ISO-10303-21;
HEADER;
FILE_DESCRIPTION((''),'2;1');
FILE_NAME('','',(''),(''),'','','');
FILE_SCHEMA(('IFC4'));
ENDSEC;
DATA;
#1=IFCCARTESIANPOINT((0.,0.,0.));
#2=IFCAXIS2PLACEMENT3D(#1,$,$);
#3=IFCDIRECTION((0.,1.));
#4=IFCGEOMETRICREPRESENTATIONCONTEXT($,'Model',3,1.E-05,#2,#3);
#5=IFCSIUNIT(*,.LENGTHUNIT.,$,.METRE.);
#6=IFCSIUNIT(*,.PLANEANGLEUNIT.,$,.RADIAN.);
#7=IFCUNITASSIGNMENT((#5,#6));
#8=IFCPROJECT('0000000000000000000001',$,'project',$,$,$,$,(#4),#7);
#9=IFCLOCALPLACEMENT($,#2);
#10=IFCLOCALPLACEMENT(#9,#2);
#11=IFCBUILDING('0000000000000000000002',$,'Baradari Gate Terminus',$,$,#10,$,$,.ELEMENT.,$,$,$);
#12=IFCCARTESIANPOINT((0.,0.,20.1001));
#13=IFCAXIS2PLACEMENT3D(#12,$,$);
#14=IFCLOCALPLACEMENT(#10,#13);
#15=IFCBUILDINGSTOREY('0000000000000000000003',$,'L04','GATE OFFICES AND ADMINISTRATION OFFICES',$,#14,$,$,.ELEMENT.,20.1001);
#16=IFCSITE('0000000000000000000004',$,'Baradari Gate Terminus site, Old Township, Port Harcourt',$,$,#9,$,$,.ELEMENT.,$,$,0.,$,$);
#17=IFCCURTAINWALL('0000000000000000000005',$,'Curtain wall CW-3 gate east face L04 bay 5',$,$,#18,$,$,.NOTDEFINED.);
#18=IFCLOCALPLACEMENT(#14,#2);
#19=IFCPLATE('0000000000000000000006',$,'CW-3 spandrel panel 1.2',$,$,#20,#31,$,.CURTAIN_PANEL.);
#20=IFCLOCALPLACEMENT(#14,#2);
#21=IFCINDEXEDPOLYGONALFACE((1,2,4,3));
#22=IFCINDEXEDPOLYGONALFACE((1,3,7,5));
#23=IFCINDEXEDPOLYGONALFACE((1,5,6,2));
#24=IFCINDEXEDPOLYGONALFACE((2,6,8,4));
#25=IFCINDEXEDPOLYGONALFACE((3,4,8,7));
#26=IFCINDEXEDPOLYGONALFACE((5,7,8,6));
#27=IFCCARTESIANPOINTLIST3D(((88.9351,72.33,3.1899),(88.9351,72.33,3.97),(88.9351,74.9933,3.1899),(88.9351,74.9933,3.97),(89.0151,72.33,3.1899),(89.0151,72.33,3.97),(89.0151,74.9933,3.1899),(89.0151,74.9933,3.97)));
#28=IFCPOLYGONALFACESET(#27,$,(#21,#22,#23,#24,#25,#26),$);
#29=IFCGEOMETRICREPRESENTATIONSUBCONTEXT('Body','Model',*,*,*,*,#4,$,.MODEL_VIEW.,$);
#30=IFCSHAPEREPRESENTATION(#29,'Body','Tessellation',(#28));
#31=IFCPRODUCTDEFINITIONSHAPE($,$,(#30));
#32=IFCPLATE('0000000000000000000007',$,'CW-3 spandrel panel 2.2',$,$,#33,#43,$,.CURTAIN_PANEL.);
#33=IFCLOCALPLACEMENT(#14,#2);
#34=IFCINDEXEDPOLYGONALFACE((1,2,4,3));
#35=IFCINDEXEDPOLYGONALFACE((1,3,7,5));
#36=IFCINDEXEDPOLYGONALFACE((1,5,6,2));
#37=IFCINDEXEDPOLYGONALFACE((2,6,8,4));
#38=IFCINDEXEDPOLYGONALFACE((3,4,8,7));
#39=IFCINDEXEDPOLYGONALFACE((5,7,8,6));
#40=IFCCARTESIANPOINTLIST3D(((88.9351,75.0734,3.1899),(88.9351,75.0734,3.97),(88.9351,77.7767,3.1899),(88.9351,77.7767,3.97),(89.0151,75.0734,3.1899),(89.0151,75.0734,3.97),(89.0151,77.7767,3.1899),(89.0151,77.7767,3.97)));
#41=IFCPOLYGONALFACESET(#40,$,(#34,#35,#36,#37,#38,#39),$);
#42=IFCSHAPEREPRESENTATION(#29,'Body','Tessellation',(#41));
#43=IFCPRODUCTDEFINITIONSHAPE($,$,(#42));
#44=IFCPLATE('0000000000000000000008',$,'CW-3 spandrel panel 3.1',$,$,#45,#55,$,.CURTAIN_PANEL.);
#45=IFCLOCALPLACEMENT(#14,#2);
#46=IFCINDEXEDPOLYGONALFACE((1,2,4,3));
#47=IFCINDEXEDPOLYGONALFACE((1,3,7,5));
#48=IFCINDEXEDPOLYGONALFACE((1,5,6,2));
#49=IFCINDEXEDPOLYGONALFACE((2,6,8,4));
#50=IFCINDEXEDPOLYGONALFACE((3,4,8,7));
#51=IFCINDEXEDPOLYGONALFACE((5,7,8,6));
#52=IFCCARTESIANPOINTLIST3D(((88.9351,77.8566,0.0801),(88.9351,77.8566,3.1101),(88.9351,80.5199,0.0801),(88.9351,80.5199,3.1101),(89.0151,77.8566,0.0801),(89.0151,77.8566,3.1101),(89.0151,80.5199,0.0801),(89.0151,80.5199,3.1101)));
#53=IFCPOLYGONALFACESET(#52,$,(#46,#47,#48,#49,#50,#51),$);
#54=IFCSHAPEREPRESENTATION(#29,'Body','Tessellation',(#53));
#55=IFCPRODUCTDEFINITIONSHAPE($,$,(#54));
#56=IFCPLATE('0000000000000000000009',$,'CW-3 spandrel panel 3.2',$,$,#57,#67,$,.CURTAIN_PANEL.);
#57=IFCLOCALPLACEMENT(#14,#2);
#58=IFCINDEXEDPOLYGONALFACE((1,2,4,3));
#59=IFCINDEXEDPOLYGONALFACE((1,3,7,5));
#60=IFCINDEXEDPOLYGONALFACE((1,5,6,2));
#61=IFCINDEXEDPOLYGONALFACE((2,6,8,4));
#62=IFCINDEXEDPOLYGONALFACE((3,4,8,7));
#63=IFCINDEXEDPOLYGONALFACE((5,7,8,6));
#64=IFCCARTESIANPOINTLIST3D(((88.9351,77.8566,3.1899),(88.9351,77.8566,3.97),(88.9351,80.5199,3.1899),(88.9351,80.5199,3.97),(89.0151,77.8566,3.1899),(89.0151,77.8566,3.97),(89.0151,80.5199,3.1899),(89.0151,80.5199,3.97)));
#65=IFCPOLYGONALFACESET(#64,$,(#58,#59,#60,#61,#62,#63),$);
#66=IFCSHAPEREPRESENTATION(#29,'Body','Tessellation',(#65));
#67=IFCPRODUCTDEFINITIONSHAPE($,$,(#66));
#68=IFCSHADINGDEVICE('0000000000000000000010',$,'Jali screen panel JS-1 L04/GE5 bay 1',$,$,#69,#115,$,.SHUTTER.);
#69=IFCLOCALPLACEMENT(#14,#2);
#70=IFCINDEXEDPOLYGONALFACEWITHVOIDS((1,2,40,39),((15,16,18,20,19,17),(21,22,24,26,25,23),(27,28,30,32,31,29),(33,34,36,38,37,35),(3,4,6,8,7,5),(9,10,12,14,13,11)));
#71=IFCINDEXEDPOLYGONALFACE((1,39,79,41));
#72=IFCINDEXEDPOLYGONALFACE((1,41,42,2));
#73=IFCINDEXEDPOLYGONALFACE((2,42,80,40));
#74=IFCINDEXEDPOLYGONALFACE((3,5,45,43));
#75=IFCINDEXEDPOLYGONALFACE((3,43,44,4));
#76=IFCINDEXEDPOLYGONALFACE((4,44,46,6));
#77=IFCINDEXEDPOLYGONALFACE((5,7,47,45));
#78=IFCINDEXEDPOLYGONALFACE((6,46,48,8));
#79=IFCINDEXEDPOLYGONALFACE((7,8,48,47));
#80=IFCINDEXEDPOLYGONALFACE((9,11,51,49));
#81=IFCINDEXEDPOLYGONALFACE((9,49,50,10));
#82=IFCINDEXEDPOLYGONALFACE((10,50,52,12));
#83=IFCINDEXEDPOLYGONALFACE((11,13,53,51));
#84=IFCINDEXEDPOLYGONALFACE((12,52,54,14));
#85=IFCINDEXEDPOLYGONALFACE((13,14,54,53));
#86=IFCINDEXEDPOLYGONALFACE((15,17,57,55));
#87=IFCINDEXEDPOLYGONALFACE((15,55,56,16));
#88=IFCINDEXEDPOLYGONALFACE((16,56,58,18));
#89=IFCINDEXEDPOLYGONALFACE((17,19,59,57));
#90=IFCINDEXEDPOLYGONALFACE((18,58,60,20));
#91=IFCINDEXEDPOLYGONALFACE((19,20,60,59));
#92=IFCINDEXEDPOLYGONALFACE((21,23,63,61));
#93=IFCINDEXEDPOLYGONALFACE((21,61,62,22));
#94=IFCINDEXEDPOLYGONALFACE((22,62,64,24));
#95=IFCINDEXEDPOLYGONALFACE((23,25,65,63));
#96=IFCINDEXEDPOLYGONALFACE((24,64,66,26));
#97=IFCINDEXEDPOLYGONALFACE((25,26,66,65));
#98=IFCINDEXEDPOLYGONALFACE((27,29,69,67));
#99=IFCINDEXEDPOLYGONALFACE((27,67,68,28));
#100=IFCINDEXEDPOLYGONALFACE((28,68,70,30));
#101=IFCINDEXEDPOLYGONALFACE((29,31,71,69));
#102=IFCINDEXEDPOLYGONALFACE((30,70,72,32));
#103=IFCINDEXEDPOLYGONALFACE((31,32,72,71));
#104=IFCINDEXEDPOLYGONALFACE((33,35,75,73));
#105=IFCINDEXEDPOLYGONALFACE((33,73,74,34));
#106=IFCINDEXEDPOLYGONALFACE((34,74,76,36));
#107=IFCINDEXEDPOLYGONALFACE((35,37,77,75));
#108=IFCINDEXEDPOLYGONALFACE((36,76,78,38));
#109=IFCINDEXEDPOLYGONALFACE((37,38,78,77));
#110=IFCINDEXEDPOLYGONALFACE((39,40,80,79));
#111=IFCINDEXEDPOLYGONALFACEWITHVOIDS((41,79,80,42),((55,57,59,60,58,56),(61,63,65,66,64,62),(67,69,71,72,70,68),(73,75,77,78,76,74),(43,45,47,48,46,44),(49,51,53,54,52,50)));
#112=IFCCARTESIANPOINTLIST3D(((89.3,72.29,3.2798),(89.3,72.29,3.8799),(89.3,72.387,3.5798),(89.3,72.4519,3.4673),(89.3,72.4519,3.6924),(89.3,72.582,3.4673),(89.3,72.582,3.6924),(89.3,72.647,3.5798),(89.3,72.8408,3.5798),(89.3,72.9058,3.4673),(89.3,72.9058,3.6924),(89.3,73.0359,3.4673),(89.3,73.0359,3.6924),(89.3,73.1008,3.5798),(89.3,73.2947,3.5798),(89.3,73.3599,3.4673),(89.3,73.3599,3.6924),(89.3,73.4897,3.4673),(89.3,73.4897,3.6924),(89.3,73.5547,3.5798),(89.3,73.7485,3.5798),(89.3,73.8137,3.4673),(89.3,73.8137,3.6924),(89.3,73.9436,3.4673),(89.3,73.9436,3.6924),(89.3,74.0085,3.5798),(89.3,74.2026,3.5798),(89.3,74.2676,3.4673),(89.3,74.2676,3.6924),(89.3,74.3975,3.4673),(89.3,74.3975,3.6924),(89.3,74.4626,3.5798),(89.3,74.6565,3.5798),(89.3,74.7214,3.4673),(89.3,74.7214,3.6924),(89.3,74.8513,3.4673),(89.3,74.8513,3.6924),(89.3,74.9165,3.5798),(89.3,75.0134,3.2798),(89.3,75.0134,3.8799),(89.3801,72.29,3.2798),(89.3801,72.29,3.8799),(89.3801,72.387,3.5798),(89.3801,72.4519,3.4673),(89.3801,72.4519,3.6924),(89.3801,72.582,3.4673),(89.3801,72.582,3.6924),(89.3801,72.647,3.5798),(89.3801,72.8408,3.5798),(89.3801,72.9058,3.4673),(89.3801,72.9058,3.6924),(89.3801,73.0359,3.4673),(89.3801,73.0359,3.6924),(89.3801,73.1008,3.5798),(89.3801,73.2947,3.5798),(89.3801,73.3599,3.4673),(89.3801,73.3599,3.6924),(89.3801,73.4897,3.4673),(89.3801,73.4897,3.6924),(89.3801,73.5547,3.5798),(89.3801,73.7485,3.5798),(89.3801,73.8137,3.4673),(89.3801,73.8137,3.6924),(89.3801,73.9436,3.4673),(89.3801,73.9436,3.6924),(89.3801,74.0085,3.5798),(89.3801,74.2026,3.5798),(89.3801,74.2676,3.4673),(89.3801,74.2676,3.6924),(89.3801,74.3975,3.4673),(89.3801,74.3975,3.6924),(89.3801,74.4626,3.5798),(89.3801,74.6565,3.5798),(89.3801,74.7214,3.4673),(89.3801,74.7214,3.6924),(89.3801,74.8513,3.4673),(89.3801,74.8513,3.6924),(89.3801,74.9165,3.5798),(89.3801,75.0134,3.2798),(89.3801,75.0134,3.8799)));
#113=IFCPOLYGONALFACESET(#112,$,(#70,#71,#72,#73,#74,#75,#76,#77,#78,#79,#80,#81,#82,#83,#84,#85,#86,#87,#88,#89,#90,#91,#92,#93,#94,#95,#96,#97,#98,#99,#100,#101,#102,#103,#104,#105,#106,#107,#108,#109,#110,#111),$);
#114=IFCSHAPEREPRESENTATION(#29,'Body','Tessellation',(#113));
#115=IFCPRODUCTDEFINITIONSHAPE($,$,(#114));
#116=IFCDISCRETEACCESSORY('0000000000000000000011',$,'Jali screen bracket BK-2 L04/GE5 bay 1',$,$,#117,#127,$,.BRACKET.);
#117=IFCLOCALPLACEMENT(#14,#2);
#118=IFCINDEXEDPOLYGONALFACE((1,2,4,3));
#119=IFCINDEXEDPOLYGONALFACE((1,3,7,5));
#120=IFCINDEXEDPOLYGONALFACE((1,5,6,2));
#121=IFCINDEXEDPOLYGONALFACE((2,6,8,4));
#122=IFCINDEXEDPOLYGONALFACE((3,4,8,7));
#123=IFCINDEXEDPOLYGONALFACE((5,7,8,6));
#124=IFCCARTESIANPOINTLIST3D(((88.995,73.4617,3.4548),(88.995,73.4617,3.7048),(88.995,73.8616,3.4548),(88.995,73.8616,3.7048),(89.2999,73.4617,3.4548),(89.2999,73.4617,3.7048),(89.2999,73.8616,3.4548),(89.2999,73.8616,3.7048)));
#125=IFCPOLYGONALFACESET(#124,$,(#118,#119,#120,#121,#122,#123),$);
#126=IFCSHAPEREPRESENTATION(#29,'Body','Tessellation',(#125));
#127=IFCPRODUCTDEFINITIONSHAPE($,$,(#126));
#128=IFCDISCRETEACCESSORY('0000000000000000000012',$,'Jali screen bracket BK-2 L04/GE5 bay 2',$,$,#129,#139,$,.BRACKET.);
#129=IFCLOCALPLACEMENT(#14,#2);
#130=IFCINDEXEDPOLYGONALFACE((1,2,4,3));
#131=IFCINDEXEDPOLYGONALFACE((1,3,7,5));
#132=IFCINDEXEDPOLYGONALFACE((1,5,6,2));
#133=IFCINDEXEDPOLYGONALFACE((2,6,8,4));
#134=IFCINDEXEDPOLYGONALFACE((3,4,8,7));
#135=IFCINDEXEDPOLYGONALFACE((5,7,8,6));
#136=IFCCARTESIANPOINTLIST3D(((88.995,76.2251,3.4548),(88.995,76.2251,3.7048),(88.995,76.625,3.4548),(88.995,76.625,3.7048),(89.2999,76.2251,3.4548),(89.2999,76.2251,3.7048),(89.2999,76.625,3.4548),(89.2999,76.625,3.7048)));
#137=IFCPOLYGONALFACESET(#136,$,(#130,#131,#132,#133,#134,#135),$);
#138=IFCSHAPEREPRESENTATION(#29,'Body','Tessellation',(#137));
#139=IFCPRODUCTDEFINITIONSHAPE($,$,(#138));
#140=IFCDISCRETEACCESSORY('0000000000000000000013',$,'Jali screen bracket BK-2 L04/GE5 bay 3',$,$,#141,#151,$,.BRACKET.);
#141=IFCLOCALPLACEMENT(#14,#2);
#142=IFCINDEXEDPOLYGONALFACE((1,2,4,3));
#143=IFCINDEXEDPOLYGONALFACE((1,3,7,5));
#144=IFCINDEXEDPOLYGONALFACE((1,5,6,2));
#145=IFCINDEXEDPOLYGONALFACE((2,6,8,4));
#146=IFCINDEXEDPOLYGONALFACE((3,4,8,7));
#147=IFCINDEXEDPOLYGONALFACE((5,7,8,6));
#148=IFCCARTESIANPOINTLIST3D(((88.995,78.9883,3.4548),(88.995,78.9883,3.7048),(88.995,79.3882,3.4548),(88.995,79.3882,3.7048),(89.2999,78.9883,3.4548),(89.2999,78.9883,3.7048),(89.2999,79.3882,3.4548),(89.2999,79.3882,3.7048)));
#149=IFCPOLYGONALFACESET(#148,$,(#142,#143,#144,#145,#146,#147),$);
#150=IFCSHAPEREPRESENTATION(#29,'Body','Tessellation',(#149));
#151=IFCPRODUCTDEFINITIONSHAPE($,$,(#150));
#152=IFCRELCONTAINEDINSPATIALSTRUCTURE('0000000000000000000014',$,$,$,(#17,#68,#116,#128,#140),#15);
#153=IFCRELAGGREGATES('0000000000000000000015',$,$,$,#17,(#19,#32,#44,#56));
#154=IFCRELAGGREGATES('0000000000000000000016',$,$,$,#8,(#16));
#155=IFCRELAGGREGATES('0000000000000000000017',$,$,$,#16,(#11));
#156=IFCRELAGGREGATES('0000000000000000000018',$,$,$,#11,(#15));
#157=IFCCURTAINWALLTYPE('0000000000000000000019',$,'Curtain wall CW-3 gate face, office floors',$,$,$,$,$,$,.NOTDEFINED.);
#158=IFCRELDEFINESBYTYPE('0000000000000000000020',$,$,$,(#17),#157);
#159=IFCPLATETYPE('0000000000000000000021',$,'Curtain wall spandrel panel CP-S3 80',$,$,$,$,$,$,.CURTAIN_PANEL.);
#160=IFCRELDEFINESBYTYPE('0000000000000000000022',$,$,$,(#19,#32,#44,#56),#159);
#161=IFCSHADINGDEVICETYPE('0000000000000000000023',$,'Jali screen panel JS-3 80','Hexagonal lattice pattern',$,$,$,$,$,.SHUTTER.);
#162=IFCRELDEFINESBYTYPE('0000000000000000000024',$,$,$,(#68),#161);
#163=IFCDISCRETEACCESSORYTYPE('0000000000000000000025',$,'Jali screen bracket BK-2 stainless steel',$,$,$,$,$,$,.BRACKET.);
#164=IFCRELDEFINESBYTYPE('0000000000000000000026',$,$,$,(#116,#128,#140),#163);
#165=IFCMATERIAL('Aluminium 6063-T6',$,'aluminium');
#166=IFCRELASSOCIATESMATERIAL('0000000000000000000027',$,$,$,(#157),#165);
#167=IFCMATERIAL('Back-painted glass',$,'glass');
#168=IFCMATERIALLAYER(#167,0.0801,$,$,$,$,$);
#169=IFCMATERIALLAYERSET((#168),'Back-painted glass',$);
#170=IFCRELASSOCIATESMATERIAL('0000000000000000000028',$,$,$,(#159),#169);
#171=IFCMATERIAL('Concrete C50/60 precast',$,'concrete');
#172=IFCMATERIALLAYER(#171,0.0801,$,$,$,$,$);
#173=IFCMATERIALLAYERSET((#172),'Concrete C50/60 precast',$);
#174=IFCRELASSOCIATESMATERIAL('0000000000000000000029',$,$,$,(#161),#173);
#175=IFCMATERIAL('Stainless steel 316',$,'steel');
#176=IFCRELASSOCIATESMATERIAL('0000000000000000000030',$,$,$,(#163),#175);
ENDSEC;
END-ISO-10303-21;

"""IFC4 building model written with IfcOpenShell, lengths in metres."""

from ifc_helpers import new_model, si_unit, direction, frame, origin, origin_2d, place, context, subcontext, project, spatial, polyline, rectangle, outline, extrude, material, layer, layer_set, type_object, element, aggregate, save


model = new_model("IFC4")

# Units and contexts
model_context = context("Model", 3, precision=1e-05, world=origin(), true_north=direction((0.0, 1.0)))
body_context = subcontext(model_context, "Body", "Model", "MODEL_VIEW")
ifc_project = project(units=[si_unit("LENGTHUNIT", "METRE"), si_unit("PLANEANGLEUNIT", "RADIAN")], contexts=[model_context])

# Site, building, storey
site_placement = place(None, origin())
site = spatial("IfcSite", under=ifc_project, at=site_placement, Name="Baradari Gate Terminus site, Old Township, Port Harcourt", CompositionType="ELEMENT", RefElevation=0.0)
building_placement = place(site_placement, origin())
building = spatial("IfcBuilding", under=site, at=building_placement, Name="Baradari Gate Terminus", CompositionType="ELEMENT")
storey_placement = place(building_placement, frame((0.0, 0.0, 20.1001)))
storey = spatial("IfcBuildingStorey", under=building, at=storey_placement, Name="L04", Description="GATE OFFICES AND ADMINISTRATION OFFICES", CompositionType="ELEMENT", Elevation=20.1001)

# Curtain wall, plates
ifc_material_1 = material(Name="Aluminium 6063-T6", Category="aluminium")
curtain_wall_type = type_object("IfcCurtainWallType", Name="Curtain wall CW-3 gate face, office floors", PredefinedType="NOTDEFINED", material=ifc_material_1)
curtain_wall_placement = place(storey_placement, origin())
curtain_wall = element("IfcCurtainWall", 1, at=curtain_wall_placement, inside=storey, type_object=curtain_wall_type, Name="Curtain wall CW-3 gate east face L04 bay 5", PredefinedType="NOTDEFINED")
ifc_material_2 = material(Name="Back-painted glass", Category="glass")
ifc_layer_1 = layer(ifc_material_2, 0.0801)
ifc_layer_set_1 = layer_set([ifc_layer_1], Name="Back-painted glass")
plate_type_1 = type_object("IfcPlateType", Name="Curtain wall spandrel panel CP-S3 80", PredefinedType="CURTAIN_PANEL", material=ifc_layer_set_1)
plate_1_placement = place(storey_placement, frame((88.9751, 73.6616, 3.1899), z_axis=(0.0, 0.0, 1.0), x_axis=(0.0, 1.0, 0.0)))
plate_1 = element("IfcPlate", 2, at=plate_1_placement, type_object=plate_type_1, Name="CW-3 spandrel panel 1.2", PredefinedType="CURTAIN_PANEL", context=body_context, shape_type="SweptSolid", body=[
    extrude(rectangle(XDim=2.6633, YDim=0.0801, at=origin_2d()), origin(), (0.0, 0.0, 1.0), 0.78),
])
plate_2_placement = place(storey_placement, frame((88.9751, 76.425, 3.1899), z_axis=(0.0, 0.0, 1.0), x_axis=(0.0, 1.0, 0.0)))
plate_2 = element("IfcPlate", 3, at=plate_2_placement, type_object=plate_type_1, Name="CW-3 spandrel panel 2.2", PredefinedType="CURTAIN_PANEL", context=body_context, shape_type="SweptSolid", body=[
    extrude(rectangle(XDim=2.7034, YDim=0.0801, at=origin_2d()), origin(), (0.0, 0.0, 1.0), 0.78),
])
plate_3_placement = place(storey_placement, frame((88.9751, 79.1882, 0.0801), z_axis=(0.0, 0.0, 1.0), x_axis=(0.0, 1.0, 0.0)))
plate_3 = element("IfcPlate", 4, at=plate_3_placement, type_object=plate_type_1, Name="CW-3 spandrel panel 3.1", PredefinedType="CURTAIN_PANEL", context=body_context, shape_type="SweptSolid", body=[
    extrude(rectangle(XDim=2.6633, YDim=0.0801, at=origin_2d()), origin(), (0.0, 0.0, 1.0), 3.03),
])
plate_4_placement = place(storey_placement, frame((88.9751, 79.1882, 3.1899), z_axis=(0.0, 0.0, 1.0), x_axis=(0.0, 1.0, 0.0)))
plate_4 = element("IfcPlate", 5, at=plate_4_placement, type_object=plate_type_1, Name="CW-3 spandrel panel 3.2", PredefinedType="CURTAIN_PANEL", context=body_context, shape_type="SweptSolid", body=[
    extrude(rectangle(XDim=2.6633, YDim=0.0801, at=origin_2d()), origin(), (0.0, 0.0, 1.0), 0.78),
])
aggregate(curtain_wall, [plate_1, plate_2, plate_3, plate_4])

# Shading device
ifc_material_3 = material(Name="Concrete C50/60 precast", Category="concrete")
ifc_layer_2 = layer(ifc_material_3, 0.0801)
ifc_layer_set_2 = layer_set([ifc_layer_2], Name="Concrete C50/60 precast")
shading_device_type = type_object("IfcShadingDeviceType", Name="Jali screen panel JS-3 80", Description="Hexagonal lattice pattern", PredefinedType="SHUTTER", material=ifc_layer_set_2)
shading_device_placement = place(storey_placement, frame((89.3401, 72.29, 3.2798), z_axis=(0.0, 0.0, 1.0), x_axis=(0.0, 1.0, 0.0)))
element("IfcShadingDevice", 6, at=shading_device_placement, inside=storey, type_object=shading_device_type, Name="Jali screen panel JS-1 L04/GE5 bay 1", PredefinedType="SHUTTER", context=body_context, shape_type="SweptSolid", body=[
    extrude(outline(polyline([(0.0, 0.0), (2.7234, 0.0), (2.7234, 0.6001), (0.0, 0.6001), (0.0, 0.0)]), holes=[polyline([(0.3569, 0.3), (0.292, 0.1875), (0.1619, 0.1875), (0.0969, 0.3), (0.1619, 0.4126), (0.292, 0.4126), (0.3569, 0.3)]), polyline([(0.8108, 0.3), (0.7458, 0.1875), (0.6157, 0.1875), (0.5508, 0.3), (0.6157, 0.4126), (0.7458, 0.4126), (0.8108, 0.3)]), polyline([(1.2646, 0.3), (1.1997, 0.1875), (1.0698, 0.1875), (1.0046, 0.3), (1.0698, 0.4126), (1.1997, 0.4126), (1.2646, 0.3)]), polyline([(1.7185, 0.3), (1.6536, 0.1875), (1.5237, 0.1875), (1.4585, 0.3), (1.5237, 0.4126), (1.6536, 0.4126), (1.7185, 0.3)]), polyline([(2.1726, 0.3), (2.1074, 0.1875), (1.9775, 0.1875), (1.9126, 0.3), (1.9775, 0.4126), (2.1074, 0.4126), (2.1726, 0.3)]), polyline([(2.6265, 0.3), (2.5613, 0.1875), (2.4314, 0.1875), (2.3665, 0.3), (2.4314, 0.4126), (2.5613, 0.4126), (2.6265, 0.3)])]), frame((0.0, 0.04, 0.0), z_axis=(0.0, -1.0, 0.0), x_axis=(1.0, 0.0, 0.0)), (0.0, 0.0, 1.0), 0.0801),
])

# Discrete accessories
ifc_material_4 = material(Name="Stainless steel 316", Category="steel")
discrete_accessory_type = type_object("IfcDiscreteAccessoryType", Name="Jali screen bracket BK-2 stainless steel", PredefinedType="BRACKET", material=ifc_material_4)
for number, where, z_axis, x_axis, name in (
    (7, (89.1475, 73.6616, 3.4548), (0.0, 0.0, 1.0), (1.0, 0.0, 0.0), "Jali screen bracket BK-2 L04/GE5 bay 1"),
    (8, (89.1475, 76.425, 3.4548), (0.0, 0.0, 1.0), (1.0, 0.0, 0.0), "Jali screen bracket BK-2 L04/GE5 bay 2"),
    (9, (89.1475, 79.1882, 3.4548), (0.0, 0.0, 1.0), (1.0, 0.0, 0.0), "Jali screen bracket BK-2 L04/GE5 bay 3"),
):
    element("IfcDiscreteAccessory", number, at=place(storey_placement, frame(where, z_axis=z_axis, x_axis=x_axis)), inside=storey, type_object=discrete_accessory_type, Name=name, PredefinedType="BRACKET", context=body_context, shape_type="SweptSolid", body=[
        extrude(rectangle(XDim=0.3049, YDim=0.3999, at=origin_2d()), origin(), (0.0, 0.0, 1.0), 0.25),
    ])

save(model, "model.ifc")
